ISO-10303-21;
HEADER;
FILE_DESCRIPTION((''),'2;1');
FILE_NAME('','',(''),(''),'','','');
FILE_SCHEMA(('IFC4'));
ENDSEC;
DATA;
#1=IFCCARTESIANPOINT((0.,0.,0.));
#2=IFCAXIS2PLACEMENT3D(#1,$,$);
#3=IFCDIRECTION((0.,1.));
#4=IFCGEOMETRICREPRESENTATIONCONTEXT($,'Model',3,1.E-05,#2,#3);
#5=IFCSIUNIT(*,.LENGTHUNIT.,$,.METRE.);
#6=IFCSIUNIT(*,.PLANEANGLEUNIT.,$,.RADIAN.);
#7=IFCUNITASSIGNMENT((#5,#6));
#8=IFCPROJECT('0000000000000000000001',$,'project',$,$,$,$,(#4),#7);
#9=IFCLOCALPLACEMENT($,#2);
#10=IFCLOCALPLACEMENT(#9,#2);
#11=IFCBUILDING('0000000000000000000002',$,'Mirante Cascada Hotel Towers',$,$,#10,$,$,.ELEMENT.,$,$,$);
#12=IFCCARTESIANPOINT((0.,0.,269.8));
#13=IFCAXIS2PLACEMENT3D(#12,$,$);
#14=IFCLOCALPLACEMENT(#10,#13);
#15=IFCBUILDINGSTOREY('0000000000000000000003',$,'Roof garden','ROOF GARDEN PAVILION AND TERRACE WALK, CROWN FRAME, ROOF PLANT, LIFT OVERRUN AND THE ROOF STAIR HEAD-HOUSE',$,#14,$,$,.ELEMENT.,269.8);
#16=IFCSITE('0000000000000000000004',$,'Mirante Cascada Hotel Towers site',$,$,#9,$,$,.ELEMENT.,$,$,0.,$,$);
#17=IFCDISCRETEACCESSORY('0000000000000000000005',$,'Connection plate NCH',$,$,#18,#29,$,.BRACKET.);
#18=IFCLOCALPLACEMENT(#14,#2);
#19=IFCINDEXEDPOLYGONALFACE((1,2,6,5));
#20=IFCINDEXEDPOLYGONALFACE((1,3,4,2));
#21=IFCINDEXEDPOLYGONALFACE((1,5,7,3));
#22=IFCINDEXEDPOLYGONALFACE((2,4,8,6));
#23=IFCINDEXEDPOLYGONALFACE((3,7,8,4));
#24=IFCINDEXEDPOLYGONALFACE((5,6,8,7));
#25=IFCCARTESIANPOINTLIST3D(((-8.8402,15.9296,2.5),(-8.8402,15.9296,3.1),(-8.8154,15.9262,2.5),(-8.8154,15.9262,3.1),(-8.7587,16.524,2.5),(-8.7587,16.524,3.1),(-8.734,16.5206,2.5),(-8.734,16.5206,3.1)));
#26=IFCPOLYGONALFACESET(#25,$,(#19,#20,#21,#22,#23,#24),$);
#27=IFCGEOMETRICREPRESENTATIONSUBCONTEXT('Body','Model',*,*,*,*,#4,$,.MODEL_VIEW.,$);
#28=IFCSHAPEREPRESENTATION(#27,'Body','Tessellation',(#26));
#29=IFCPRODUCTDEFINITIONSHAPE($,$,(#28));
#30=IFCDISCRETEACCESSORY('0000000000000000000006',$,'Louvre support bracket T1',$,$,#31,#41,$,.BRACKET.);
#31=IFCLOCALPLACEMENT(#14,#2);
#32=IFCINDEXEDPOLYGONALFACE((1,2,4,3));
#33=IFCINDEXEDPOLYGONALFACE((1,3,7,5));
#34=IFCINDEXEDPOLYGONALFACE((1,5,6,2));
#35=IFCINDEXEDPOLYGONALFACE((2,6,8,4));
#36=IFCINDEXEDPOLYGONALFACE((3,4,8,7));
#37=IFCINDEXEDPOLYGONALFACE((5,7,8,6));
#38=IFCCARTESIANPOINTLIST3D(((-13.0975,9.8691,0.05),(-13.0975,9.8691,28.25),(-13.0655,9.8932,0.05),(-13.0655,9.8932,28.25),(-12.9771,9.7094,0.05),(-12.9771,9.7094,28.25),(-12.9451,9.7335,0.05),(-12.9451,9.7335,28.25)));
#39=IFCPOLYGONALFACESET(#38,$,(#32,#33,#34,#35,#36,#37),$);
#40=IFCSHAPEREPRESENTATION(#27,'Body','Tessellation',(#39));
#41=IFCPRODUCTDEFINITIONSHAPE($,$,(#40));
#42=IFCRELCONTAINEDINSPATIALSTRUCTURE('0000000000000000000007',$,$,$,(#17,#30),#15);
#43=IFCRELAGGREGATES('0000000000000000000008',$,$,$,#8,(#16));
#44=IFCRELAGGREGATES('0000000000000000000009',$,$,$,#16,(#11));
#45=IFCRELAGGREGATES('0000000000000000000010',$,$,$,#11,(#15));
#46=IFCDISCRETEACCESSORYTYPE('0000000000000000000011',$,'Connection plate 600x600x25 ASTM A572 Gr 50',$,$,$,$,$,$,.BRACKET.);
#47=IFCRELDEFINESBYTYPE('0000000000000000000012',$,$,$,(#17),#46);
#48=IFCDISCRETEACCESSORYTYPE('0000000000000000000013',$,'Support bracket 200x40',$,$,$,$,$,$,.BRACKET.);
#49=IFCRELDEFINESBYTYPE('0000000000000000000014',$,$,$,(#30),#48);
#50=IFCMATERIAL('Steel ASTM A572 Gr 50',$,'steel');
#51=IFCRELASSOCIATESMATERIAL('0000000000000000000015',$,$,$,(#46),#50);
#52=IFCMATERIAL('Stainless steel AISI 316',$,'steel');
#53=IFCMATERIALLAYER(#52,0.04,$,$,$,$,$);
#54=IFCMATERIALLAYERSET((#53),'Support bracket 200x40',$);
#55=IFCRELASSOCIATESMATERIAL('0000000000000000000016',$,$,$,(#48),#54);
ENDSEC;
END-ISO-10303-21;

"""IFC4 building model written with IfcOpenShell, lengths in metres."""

from ifc_helpers import new_model, si_unit, direction, frame, origin, origin_2d, place, context, subcontext, project, spatial, rectangle, extrude, material, layer, layer_set, material_profile, profile_set, type_object, element, save


model = new_model("IFC4")

# Units and contexts
model_context = context("Model", 3, precision=1e-05, world=origin(), true_north=direction((0.0, 1.0)))
body_context = subcontext(model_context, "Body", "Model", "MODEL_VIEW")
ifc_project = project(units=[si_unit("LENGTHUNIT", "METRE"), si_unit("PLANEANGLEUNIT", "RADIAN")], contexts=[model_context])

# Site, building, storey
site_placement = place(None, origin())
site = spatial("IfcSite", under=ifc_project, at=site_placement, Name="Mirante Cascada Hotel Towers site", CompositionType="ELEMENT", RefElevation=0.0)
building_placement = place(site_placement, origin())
building = spatial("IfcBuilding", under=site, at=building_placement, Name="Mirante Cascada Hotel Towers", CompositionType="ELEMENT")
storey_placement = place(building_placement, frame((0.0, 0.0, 269.8)))
storey = spatial("IfcBuildingStorey", under=building, at=storey_placement, Name="Roof garden", Description="ROOF GARDEN PAVILION AND TERRACE WALK, CROWN FRAME, ROOF PLANT, LIFT OVERRUN AND THE ROOF STAIR HEAD-HOUSE", CompositionType="ELEMENT", Elevation=269.8)

# Discrete accessories
ifc_material_1 = material(Name="Steel ASTM A572 Gr 50", Category="steel")
ifc_material_profile_1 = material_profile(ifc_material_1, rectangle(XDim=0.6, YDim=0.6, at=origin_2d()), Name="Connection plate 600x600x25 ASTM A572 Gr 50")
ifc_profile_set_1 = profile_set([ifc_material_profile_1], Name="Steel ASTM A572 Gr 50")
discrete_accessory_type_1 = type_object("IfcDiscreteAccessoryType", Name="Connection plate 600x600x25 ASTM A572 Gr 50", PredefinedType="BRACKET", material=ifc_profile_set_1)
discrete_accessory_1_placement = place(storey_placement, frame((-8.7747, 16.2234, 2.8), z_axis=(-0.990733, 0.135826, 0.0), x_axis=(-0.135826, -0.990733, 0.0)))
element("IfcDiscreteAccessory", 1, at=discrete_accessory_1_placement, inside=storey, type_object=discrete_accessory_type_1, Name="Connection plate NCH", PredefinedType="BRACKET", context=body_context, shape_type="SweptSolid", body=[
    extrude(rectangle(XDim=0.6, YDim=0.6, at=origin_2d()), origin(), (0.0, 0.0, 1.0), 0.025),
])
ifc_material_2 = material(Name="Stainless steel AISI 316", Category="steel")
ifc_layer_1 = layer(ifc_material_2, 0.04)
ifc_layer_set_1 = layer_set([ifc_layer_1], Name="Support bracket 200x40")
discrete_accessory_type_2 = type_object("IfcDiscreteAccessoryType", Name="Support bracket 200x40", PredefinedType="BRACKET", material=ifc_layer_set_1)
discrete_accessory_2_placement = place(storey_placement, frame((-13.0213, 9.8013, 0.05), z_axis=(0.0, 0.0, 1.0), x_axis=(-0.601815, 0.798636, 0.0)))
element("IfcDiscreteAccessory", 2, at=discrete_accessory_2_placement, inside=storey, type_object=discrete_accessory_type_2, Name="Louvre support bracket T1", PredefinedType="BRACKET", context=body_context, shape_type="SweptSolid", body=[
    extrude(rectangle(XDim=0.2, YDim=0.04, at=origin_2d()), origin(), (0.0, 0.0, 1.0), 28.2),
])

save(model, "model.ifc")
